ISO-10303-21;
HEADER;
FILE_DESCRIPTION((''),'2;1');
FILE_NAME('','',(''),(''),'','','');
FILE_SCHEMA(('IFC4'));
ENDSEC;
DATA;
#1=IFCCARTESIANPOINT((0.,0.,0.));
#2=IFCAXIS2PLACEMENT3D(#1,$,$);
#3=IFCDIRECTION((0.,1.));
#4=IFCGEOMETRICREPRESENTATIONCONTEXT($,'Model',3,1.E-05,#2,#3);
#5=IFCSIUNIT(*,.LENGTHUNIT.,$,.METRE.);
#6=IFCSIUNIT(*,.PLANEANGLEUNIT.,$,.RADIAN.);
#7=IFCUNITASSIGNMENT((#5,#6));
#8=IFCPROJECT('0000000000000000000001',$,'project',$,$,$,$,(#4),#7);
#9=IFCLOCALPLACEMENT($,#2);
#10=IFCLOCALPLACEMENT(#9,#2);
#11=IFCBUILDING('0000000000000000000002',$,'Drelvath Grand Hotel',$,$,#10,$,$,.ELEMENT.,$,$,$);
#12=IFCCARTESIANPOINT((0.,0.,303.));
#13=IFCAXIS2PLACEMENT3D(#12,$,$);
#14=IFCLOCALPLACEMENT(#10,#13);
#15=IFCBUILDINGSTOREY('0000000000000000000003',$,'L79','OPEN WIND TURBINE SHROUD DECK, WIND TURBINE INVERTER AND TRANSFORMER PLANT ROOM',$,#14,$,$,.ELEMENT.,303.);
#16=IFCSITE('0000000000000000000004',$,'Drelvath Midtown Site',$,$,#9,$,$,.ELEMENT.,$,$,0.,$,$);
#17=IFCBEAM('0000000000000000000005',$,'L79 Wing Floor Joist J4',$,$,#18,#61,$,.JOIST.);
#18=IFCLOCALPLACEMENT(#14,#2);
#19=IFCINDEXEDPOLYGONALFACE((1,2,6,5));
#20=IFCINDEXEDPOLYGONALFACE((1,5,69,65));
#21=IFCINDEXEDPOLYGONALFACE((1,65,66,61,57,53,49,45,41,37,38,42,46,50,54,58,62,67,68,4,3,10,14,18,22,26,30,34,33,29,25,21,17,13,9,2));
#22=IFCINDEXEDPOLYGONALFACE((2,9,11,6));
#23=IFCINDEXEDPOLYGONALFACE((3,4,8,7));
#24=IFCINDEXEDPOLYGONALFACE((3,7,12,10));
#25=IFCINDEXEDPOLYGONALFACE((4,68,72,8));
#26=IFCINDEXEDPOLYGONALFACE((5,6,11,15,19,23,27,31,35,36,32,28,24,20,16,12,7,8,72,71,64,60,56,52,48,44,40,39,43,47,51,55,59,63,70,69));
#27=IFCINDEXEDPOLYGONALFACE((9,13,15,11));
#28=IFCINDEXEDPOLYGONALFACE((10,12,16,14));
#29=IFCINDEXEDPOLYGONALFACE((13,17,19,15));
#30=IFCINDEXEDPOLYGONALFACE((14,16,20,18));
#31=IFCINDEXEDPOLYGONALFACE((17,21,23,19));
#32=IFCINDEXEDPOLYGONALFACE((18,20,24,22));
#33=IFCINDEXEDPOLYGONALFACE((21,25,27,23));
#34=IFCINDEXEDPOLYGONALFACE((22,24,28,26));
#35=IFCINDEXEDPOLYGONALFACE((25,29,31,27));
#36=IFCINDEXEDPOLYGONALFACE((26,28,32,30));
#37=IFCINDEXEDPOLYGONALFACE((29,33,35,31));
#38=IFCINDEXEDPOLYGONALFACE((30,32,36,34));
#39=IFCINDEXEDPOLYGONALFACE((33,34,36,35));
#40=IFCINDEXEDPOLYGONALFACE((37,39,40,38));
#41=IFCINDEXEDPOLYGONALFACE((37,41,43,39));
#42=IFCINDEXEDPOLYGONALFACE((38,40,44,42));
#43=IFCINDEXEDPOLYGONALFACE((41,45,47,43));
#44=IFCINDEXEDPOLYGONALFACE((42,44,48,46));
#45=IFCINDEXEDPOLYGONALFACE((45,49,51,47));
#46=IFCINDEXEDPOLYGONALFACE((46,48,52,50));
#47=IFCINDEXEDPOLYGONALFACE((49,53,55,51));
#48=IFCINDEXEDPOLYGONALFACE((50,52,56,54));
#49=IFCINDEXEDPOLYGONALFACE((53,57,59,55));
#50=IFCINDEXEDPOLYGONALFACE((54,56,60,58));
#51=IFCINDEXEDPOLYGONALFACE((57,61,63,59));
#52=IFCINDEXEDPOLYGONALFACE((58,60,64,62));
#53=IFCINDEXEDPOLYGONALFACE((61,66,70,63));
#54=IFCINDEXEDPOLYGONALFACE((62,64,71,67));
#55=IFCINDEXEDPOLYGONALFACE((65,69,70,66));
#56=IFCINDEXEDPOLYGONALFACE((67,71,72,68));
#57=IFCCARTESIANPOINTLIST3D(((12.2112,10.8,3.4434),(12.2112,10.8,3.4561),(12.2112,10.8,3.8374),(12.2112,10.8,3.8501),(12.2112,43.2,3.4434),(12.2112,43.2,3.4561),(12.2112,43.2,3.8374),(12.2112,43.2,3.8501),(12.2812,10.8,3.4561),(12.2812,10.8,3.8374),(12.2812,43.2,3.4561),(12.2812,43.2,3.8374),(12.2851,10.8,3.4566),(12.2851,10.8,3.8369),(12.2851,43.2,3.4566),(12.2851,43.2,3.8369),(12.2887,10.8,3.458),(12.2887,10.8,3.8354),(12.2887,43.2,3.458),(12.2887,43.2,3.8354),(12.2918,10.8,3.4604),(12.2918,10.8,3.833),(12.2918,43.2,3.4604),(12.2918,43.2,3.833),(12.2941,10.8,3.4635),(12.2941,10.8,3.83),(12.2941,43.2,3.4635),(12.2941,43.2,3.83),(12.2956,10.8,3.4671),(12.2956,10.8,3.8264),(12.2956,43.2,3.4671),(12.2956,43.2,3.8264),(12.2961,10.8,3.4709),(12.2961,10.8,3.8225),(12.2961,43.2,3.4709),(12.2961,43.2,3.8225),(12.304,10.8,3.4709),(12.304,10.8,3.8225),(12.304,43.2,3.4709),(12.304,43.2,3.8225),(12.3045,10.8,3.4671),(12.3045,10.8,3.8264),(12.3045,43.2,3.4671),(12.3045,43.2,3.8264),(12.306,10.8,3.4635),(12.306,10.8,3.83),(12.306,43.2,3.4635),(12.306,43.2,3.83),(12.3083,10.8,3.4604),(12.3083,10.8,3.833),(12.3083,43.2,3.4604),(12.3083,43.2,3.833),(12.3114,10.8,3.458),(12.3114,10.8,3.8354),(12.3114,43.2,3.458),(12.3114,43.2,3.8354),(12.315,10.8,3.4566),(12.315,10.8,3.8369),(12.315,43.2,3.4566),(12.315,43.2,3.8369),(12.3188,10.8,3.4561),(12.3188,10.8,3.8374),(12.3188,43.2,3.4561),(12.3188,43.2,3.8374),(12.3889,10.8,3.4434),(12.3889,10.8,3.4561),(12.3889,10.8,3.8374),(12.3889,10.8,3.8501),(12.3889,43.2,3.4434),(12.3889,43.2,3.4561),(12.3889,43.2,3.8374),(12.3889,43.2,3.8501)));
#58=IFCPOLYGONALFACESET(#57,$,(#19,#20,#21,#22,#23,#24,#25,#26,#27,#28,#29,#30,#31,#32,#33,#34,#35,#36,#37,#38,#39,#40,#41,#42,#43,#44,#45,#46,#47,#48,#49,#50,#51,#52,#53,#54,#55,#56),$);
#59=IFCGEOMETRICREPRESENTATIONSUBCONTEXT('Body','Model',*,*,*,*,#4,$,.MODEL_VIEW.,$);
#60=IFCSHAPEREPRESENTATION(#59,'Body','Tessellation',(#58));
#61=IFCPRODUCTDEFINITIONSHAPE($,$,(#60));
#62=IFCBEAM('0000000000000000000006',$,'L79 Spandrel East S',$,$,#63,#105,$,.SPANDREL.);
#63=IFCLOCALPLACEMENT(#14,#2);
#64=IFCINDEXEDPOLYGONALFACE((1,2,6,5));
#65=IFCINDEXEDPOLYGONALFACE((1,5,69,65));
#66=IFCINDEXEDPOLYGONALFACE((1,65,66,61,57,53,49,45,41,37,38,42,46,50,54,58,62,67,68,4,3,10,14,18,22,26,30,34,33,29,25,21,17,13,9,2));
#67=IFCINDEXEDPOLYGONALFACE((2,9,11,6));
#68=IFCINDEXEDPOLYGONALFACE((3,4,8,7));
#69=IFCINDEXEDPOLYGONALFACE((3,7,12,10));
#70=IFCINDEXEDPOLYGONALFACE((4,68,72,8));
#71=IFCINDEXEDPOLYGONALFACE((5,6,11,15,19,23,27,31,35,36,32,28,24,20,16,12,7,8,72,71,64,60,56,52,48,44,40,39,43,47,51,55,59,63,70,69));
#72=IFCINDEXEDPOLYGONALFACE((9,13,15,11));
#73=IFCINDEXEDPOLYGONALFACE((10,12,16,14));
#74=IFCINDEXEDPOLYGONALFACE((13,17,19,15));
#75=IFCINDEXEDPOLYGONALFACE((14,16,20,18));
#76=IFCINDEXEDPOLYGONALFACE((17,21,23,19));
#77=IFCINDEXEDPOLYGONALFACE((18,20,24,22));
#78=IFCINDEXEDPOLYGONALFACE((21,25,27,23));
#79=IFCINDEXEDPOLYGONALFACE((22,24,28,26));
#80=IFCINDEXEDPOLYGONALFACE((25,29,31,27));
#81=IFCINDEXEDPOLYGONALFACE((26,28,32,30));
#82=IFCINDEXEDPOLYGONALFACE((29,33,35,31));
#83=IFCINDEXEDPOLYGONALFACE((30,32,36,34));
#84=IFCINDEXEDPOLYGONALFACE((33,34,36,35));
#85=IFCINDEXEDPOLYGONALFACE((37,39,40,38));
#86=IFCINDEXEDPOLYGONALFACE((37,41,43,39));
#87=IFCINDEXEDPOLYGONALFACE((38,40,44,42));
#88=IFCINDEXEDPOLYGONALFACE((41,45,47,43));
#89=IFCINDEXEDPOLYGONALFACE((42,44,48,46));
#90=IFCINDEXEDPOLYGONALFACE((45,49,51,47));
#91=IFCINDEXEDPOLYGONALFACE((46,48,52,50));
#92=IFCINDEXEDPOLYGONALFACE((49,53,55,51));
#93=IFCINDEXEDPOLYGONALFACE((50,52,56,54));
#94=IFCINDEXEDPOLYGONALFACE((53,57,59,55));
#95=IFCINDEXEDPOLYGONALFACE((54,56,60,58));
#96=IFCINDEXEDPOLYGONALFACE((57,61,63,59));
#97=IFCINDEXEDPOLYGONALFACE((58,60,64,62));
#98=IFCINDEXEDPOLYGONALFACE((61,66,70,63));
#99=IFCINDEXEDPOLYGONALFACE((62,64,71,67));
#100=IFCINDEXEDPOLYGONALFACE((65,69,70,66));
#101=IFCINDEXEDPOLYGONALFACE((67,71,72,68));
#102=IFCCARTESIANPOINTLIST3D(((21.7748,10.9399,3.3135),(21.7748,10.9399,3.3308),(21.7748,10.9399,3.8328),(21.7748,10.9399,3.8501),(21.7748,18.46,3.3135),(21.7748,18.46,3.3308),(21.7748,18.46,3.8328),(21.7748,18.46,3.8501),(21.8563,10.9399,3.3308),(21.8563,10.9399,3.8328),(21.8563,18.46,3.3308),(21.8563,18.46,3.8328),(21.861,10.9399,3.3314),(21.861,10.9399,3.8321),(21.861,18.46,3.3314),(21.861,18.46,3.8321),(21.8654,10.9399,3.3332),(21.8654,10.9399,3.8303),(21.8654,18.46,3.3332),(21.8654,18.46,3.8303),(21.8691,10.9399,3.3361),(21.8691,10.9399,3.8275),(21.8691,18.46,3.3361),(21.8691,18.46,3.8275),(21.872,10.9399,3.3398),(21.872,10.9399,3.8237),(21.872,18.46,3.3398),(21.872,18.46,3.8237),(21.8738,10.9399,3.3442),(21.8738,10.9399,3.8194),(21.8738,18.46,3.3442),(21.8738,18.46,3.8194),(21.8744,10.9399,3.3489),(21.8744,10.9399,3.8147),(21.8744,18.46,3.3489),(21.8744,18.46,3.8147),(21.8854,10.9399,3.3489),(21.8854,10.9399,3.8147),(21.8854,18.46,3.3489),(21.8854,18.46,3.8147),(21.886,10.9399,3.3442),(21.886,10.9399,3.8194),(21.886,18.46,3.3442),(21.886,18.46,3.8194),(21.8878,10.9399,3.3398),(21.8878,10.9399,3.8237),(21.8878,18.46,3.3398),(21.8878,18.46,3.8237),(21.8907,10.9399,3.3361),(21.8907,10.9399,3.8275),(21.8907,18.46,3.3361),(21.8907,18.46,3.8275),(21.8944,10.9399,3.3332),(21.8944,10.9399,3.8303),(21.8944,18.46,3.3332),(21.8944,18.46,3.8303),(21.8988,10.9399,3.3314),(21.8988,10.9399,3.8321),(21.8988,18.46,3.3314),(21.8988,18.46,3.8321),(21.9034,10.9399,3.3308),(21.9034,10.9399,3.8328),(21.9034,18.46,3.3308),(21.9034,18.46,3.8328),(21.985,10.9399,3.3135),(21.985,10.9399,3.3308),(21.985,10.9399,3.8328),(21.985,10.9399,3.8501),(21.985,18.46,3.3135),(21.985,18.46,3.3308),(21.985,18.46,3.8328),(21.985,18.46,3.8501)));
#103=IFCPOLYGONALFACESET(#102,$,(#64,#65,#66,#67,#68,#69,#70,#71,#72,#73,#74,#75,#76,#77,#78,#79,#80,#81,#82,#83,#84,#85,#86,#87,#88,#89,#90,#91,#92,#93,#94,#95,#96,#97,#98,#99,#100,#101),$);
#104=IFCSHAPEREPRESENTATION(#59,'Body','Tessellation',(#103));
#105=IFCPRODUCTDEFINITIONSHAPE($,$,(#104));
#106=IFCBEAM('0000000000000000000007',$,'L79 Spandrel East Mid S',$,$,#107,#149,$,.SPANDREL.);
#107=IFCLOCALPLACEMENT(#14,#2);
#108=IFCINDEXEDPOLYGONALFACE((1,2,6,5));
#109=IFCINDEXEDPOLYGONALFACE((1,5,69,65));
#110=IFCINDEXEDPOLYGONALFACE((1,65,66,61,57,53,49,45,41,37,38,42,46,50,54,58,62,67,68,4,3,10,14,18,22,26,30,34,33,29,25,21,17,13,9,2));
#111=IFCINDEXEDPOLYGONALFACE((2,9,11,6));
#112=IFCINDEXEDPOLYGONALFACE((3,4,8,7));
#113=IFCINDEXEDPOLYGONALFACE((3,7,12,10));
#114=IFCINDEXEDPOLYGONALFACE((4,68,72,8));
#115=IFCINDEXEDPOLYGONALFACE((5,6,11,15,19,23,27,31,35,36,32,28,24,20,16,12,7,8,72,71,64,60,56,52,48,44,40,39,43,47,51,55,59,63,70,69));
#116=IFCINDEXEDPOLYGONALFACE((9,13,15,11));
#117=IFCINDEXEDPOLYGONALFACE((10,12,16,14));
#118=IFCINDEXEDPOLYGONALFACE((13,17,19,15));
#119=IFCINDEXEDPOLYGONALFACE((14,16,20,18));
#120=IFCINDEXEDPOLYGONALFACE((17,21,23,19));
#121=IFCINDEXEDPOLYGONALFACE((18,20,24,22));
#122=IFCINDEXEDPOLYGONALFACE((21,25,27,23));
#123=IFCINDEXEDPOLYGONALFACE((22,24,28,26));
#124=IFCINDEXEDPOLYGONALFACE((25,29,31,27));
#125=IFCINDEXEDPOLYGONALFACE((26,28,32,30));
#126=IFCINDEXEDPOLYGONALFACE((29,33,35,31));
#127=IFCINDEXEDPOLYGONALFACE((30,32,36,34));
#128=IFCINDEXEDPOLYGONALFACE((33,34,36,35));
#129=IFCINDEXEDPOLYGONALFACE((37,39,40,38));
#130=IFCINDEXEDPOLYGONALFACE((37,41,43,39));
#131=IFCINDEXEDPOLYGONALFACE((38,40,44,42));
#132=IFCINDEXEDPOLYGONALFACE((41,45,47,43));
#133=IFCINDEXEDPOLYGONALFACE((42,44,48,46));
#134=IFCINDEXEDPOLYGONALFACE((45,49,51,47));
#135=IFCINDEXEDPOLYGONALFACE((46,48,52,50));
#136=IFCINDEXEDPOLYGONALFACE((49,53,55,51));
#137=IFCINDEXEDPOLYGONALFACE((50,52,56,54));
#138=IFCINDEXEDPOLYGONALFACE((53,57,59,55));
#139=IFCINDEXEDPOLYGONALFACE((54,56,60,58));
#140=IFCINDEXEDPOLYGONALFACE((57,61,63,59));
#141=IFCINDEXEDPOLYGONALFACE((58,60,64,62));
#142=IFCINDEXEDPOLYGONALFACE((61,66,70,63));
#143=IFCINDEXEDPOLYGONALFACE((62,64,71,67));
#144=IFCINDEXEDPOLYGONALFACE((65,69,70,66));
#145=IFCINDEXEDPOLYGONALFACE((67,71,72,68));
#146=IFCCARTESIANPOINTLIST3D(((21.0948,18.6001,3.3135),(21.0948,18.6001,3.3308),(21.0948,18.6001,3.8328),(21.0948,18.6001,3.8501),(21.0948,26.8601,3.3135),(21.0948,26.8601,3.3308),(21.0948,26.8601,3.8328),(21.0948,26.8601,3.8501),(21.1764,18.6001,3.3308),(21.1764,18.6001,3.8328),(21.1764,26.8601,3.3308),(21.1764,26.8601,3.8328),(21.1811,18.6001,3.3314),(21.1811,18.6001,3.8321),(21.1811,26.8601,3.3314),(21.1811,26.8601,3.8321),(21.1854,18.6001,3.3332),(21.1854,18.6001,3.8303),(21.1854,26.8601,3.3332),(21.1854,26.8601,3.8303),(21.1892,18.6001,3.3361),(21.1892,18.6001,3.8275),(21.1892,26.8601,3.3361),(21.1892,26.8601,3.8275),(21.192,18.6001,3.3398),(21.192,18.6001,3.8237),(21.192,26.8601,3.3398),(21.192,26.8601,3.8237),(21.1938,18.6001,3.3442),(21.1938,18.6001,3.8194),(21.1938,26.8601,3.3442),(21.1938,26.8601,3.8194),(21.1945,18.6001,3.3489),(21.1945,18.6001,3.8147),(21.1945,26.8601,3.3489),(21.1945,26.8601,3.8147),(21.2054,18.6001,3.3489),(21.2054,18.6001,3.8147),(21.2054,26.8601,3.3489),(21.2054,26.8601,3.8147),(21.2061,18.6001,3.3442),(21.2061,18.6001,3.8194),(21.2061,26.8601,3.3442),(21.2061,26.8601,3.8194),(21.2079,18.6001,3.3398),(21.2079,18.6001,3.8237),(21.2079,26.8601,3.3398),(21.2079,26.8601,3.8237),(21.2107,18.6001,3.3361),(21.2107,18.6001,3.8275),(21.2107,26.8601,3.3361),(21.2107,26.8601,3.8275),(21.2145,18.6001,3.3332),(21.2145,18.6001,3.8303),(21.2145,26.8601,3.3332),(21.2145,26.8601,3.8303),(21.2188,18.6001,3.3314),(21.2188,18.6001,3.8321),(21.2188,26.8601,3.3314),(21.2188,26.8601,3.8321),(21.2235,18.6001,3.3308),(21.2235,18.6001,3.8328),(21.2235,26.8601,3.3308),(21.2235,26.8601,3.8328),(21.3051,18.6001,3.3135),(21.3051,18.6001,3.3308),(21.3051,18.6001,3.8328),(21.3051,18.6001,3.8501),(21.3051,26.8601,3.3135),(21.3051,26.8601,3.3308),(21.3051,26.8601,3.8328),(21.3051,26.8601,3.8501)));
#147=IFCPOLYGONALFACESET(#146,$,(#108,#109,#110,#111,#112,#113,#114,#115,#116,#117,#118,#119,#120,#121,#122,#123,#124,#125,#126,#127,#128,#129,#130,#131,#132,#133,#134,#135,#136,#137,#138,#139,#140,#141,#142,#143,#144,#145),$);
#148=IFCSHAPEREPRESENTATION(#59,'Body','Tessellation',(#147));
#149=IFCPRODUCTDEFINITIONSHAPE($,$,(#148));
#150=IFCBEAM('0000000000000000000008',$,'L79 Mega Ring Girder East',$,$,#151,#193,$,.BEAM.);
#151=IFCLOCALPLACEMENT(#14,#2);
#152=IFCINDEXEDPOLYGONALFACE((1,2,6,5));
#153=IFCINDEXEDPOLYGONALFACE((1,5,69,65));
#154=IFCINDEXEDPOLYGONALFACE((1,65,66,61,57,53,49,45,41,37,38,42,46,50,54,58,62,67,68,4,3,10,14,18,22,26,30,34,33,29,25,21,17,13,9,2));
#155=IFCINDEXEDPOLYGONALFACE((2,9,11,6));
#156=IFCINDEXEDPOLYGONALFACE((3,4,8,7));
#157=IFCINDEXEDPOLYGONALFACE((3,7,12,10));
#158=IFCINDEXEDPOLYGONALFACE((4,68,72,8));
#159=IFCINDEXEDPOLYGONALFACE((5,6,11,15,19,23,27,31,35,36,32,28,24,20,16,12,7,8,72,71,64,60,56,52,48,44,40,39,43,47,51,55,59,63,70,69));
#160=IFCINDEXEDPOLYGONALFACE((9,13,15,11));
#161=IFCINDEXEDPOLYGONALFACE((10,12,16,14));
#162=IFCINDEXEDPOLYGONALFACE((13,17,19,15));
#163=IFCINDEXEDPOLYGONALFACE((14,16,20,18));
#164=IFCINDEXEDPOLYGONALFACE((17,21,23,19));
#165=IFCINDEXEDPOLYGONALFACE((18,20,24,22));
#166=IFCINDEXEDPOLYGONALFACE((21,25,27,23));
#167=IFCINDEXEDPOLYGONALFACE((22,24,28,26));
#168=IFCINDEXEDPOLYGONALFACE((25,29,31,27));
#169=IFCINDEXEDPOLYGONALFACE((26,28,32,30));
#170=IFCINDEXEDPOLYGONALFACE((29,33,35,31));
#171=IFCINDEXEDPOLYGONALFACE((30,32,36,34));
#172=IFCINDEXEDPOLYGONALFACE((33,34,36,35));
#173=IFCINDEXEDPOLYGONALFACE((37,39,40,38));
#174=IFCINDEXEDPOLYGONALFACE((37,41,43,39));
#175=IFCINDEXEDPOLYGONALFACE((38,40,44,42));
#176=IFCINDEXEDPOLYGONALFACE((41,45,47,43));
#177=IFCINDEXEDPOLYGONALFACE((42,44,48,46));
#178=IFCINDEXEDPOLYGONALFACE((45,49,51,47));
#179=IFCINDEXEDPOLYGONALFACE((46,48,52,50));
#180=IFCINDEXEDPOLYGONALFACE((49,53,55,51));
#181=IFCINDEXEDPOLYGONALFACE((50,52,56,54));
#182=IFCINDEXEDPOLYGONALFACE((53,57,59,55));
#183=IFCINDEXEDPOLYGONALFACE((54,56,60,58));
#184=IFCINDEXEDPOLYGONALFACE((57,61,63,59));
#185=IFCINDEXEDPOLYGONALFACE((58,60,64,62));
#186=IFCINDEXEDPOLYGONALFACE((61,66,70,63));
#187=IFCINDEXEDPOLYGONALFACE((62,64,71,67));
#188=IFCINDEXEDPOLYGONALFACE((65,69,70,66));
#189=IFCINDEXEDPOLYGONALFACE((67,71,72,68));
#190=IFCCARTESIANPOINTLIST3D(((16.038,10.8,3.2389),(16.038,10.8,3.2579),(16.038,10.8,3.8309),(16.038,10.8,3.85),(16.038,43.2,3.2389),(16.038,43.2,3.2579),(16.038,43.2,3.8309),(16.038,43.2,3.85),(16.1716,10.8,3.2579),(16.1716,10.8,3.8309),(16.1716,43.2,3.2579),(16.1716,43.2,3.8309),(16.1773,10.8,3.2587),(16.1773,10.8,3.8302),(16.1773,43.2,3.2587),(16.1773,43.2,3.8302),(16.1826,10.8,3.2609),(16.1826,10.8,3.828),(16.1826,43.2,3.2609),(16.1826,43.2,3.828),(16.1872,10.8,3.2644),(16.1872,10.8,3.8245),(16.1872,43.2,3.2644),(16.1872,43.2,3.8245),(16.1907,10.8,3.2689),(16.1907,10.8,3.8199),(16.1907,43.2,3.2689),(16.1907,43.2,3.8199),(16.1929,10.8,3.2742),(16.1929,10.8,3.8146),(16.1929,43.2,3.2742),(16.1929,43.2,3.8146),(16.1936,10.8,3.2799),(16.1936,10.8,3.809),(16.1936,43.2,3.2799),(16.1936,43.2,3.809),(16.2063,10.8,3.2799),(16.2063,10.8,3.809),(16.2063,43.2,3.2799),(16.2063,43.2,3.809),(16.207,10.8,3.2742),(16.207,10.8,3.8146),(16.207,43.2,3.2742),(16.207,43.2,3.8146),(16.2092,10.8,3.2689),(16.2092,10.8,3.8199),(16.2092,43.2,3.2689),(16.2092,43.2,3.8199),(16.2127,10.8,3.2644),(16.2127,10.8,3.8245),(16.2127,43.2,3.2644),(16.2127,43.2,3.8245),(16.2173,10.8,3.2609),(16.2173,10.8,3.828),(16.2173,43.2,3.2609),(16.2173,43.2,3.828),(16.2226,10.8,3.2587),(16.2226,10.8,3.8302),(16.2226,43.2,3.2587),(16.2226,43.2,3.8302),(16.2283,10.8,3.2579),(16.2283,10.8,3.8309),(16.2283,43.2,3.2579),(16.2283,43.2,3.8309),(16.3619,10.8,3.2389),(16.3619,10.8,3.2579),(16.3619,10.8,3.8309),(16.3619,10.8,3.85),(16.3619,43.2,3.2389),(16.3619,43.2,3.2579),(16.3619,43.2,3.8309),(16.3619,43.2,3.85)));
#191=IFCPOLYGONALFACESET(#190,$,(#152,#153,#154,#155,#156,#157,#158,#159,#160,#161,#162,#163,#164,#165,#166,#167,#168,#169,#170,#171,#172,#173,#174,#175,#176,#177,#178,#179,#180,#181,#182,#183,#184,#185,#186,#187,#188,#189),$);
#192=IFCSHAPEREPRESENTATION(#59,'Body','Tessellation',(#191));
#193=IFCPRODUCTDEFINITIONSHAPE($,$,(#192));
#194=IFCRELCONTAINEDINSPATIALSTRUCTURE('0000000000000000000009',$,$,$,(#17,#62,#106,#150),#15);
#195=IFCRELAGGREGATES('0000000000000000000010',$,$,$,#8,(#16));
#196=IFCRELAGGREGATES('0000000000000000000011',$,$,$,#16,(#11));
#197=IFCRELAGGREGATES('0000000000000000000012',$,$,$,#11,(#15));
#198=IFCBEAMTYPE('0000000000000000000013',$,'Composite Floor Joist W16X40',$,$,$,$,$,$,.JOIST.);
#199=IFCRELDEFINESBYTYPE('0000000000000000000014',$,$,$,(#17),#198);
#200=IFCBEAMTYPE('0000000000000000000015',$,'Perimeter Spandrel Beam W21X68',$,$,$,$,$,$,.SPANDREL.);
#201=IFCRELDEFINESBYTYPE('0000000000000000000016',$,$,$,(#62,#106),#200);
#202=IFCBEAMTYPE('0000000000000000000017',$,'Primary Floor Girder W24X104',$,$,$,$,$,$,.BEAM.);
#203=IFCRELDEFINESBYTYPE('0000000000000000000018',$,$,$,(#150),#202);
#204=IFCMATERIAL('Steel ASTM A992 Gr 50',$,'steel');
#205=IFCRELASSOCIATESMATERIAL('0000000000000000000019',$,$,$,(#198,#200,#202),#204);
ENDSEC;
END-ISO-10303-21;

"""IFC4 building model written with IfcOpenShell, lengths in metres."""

from ifc_helpers import new_model, si_unit, direction, frame, origin, origin_2d, place, context, subcontext, project, spatial, i_section, extrude, material, material_profile, profile_set, type_object, element, save


model = new_model("IFC4")

# Units and contexts
model_context = context("Model", 3, precision=1e-05, world=origin(), true_north=direction((0.0, 1.0)))
body_context = subcontext(model_context, "Body", "Model", "MODEL_VIEW")
ifc_project = project(units=[si_unit("LENGTHUNIT", "METRE"), si_unit("PLANEANGLEUNIT", "RADIAN")], contexts=[model_context])

# Site, building, storey
site_placement = place(None, origin())
site = spatial("IfcSite", under=ifc_project, at=site_placement, Name="Drelvath Midtown Site", CompositionType="ELEMENT", RefElevation=0.0)
building_placement = place(site_placement, origin())
building = spatial("IfcBuilding", under=site, at=building_placement, Name="Drelvath Grand Hotel", CompositionType="ELEMENT")
storey_placement = place(building_placement, frame((0.0, 0.0, 303.0)))
storey = spatial("IfcBuildingStorey", under=building, at=storey_placement, Name="L79", Description="OPEN WIND TURBINE SHROUD DECK, WIND TURBINE INVERTER AND TRANSFORMER PLANT ROOM", CompositionType="ELEMENT", Elevation=303.0)

# Beams
ifc_material_1 = material(Name="Steel ASTM A992 Gr 50", Category="steel")
ifc_material_profile_1 = material_profile(ifc_material_1, i_section(OverallWidth=0.1777, OverallDepth=0.4067, WebThickness=0.0078, FlangeThickness=0.0127, FilletRadius=0.0149, at=origin_2d()), Name="W16X40")
ifc_profile_set_1 = profile_set([ifc_material_profile_1], Name="Steel ASTM A992 Gr 50")
beam_type_1 = type_object("IfcBeamType", Name="Composite Floor Joist W16X40", PredefinedType="JOIST", material=ifc_profile_set_1)
beam_1_placement = place(storey_placement, frame((12.3, 10.8, 3.6467), z_axis=(0.0, 1.0, 0.0), x_axis=(-1.0, 0.0, 0.0)))
element("IfcBeam", 1, at=beam_1_placement, inside=storey, type_object=beam_type_1, Name="L79 Wing Floor Joist J4", PredefinedType="JOIST", context=body_context, shape_type="SweptSolid", body=[
    extrude(i_section(OverallWidth=0.1777, OverallDepth=0.4067, WebThickness=0.0078, FlangeThickness=0.0127, FilletRadius=0.0149, at=origin_2d()), origin(), (0.0, 0.0, 1.0), 32.3999),
])
ifc_material_profile_2 = material_profile(ifc_material_1, i_section(OverallWidth=0.2102, OverallDepth=0.5366, WebThickness=0.011, FlangeThickness=0.0173, FilletRadius=0.0181, at=origin_2d()), Name="W21X68")
ifc_profile_set_2 = profile_set([ifc_material_profile_2], Name="Steel ASTM A992 Gr 50")
beam_type_2 = type_object("IfcBeamType", Name="Perimeter Spandrel Beam W21X68", PredefinedType="SPANDREL", material=ifc_profile_set_2)
beam_2_placement = place(storey_placement, frame((21.8799, 10.9399, 3.5818), z_axis=(0.0, 1.0, 0.0), x_axis=(-1.0, 0.0, 0.0)))
element("IfcBeam", 2, at=beam_2_placement, inside=storey, type_object=beam_type_2, Name="L79 Spandrel East S", PredefinedType="SPANDREL", context=body_context, shape_type="SweptSolid", body=[
    extrude(i_section(OverallWidth=0.2102, OverallDepth=0.5366, WebThickness=0.011, FlangeThickness=0.0173, FilletRadius=0.0181, at=origin_2d()), origin(), (0.0, 0.0, 1.0), 7.52),
])
beam_3_placement = place(storey_placement, frame((21.2, 18.6001, 3.5818), z_axis=(0.0, 1.0, 0.0), x_axis=(-1.0, 0.0, 0.0)))
element("IfcBeam", 3, at=beam_3_placement, inside=storey, type_object=beam_type_2, Name="L79 Spandrel East Mid S", PredefinedType="SPANDREL", context=body_context, shape_type="SweptSolid", body=[
    extrude(i_section(OverallWidth=0.2102, OverallDepth=0.5366, WebThickness=0.011, FlangeThickness=0.0173, FilletRadius=0.0181, at=origin_2d()), origin(), (0.0, 0.0, 1.0), 8.26),
])
ifc_material_profile_3 = material_profile(ifc_material_1, i_section(OverallWidth=0.324, OverallDepth=0.6111, WebThickness=0.0127, FlangeThickness=0.019, FilletRadius=0.022, at=origin_2d()), Name="W24X104")
ifc_profile_set_3 = profile_set([ifc_material_profile_3], Name="Steel ASTM A992 Gr 50")
beam_type_3 = type_object("IfcBeamType", Name="Primary Floor Girder W24X104", PredefinedType="BEAM", material=ifc_profile_set_3)
beam_4_placement = place(storey_placement, frame((16.2, 10.8, 3.5444), z_axis=(0.0, 1.0, 0.0), x_axis=(-1.0, 0.0, 0.0)))
element("IfcBeam", 4, at=beam_4_placement, inside=storey, type_object=beam_type_3, Name="L79 Mega Ring Girder East", PredefinedType="BEAM", context=body_context, shape_type="SweptSolid", body=[
    extrude(i_section(OverallWidth=0.324, OverallDepth=0.6111, WebThickness=0.0127, FlangeThickness=0.019, FilletRadius=0.022, at=origin_2d()), origin(), (0.0, 0.0, 1.0), 32.3999),
])

save(model, "model.ifc")
